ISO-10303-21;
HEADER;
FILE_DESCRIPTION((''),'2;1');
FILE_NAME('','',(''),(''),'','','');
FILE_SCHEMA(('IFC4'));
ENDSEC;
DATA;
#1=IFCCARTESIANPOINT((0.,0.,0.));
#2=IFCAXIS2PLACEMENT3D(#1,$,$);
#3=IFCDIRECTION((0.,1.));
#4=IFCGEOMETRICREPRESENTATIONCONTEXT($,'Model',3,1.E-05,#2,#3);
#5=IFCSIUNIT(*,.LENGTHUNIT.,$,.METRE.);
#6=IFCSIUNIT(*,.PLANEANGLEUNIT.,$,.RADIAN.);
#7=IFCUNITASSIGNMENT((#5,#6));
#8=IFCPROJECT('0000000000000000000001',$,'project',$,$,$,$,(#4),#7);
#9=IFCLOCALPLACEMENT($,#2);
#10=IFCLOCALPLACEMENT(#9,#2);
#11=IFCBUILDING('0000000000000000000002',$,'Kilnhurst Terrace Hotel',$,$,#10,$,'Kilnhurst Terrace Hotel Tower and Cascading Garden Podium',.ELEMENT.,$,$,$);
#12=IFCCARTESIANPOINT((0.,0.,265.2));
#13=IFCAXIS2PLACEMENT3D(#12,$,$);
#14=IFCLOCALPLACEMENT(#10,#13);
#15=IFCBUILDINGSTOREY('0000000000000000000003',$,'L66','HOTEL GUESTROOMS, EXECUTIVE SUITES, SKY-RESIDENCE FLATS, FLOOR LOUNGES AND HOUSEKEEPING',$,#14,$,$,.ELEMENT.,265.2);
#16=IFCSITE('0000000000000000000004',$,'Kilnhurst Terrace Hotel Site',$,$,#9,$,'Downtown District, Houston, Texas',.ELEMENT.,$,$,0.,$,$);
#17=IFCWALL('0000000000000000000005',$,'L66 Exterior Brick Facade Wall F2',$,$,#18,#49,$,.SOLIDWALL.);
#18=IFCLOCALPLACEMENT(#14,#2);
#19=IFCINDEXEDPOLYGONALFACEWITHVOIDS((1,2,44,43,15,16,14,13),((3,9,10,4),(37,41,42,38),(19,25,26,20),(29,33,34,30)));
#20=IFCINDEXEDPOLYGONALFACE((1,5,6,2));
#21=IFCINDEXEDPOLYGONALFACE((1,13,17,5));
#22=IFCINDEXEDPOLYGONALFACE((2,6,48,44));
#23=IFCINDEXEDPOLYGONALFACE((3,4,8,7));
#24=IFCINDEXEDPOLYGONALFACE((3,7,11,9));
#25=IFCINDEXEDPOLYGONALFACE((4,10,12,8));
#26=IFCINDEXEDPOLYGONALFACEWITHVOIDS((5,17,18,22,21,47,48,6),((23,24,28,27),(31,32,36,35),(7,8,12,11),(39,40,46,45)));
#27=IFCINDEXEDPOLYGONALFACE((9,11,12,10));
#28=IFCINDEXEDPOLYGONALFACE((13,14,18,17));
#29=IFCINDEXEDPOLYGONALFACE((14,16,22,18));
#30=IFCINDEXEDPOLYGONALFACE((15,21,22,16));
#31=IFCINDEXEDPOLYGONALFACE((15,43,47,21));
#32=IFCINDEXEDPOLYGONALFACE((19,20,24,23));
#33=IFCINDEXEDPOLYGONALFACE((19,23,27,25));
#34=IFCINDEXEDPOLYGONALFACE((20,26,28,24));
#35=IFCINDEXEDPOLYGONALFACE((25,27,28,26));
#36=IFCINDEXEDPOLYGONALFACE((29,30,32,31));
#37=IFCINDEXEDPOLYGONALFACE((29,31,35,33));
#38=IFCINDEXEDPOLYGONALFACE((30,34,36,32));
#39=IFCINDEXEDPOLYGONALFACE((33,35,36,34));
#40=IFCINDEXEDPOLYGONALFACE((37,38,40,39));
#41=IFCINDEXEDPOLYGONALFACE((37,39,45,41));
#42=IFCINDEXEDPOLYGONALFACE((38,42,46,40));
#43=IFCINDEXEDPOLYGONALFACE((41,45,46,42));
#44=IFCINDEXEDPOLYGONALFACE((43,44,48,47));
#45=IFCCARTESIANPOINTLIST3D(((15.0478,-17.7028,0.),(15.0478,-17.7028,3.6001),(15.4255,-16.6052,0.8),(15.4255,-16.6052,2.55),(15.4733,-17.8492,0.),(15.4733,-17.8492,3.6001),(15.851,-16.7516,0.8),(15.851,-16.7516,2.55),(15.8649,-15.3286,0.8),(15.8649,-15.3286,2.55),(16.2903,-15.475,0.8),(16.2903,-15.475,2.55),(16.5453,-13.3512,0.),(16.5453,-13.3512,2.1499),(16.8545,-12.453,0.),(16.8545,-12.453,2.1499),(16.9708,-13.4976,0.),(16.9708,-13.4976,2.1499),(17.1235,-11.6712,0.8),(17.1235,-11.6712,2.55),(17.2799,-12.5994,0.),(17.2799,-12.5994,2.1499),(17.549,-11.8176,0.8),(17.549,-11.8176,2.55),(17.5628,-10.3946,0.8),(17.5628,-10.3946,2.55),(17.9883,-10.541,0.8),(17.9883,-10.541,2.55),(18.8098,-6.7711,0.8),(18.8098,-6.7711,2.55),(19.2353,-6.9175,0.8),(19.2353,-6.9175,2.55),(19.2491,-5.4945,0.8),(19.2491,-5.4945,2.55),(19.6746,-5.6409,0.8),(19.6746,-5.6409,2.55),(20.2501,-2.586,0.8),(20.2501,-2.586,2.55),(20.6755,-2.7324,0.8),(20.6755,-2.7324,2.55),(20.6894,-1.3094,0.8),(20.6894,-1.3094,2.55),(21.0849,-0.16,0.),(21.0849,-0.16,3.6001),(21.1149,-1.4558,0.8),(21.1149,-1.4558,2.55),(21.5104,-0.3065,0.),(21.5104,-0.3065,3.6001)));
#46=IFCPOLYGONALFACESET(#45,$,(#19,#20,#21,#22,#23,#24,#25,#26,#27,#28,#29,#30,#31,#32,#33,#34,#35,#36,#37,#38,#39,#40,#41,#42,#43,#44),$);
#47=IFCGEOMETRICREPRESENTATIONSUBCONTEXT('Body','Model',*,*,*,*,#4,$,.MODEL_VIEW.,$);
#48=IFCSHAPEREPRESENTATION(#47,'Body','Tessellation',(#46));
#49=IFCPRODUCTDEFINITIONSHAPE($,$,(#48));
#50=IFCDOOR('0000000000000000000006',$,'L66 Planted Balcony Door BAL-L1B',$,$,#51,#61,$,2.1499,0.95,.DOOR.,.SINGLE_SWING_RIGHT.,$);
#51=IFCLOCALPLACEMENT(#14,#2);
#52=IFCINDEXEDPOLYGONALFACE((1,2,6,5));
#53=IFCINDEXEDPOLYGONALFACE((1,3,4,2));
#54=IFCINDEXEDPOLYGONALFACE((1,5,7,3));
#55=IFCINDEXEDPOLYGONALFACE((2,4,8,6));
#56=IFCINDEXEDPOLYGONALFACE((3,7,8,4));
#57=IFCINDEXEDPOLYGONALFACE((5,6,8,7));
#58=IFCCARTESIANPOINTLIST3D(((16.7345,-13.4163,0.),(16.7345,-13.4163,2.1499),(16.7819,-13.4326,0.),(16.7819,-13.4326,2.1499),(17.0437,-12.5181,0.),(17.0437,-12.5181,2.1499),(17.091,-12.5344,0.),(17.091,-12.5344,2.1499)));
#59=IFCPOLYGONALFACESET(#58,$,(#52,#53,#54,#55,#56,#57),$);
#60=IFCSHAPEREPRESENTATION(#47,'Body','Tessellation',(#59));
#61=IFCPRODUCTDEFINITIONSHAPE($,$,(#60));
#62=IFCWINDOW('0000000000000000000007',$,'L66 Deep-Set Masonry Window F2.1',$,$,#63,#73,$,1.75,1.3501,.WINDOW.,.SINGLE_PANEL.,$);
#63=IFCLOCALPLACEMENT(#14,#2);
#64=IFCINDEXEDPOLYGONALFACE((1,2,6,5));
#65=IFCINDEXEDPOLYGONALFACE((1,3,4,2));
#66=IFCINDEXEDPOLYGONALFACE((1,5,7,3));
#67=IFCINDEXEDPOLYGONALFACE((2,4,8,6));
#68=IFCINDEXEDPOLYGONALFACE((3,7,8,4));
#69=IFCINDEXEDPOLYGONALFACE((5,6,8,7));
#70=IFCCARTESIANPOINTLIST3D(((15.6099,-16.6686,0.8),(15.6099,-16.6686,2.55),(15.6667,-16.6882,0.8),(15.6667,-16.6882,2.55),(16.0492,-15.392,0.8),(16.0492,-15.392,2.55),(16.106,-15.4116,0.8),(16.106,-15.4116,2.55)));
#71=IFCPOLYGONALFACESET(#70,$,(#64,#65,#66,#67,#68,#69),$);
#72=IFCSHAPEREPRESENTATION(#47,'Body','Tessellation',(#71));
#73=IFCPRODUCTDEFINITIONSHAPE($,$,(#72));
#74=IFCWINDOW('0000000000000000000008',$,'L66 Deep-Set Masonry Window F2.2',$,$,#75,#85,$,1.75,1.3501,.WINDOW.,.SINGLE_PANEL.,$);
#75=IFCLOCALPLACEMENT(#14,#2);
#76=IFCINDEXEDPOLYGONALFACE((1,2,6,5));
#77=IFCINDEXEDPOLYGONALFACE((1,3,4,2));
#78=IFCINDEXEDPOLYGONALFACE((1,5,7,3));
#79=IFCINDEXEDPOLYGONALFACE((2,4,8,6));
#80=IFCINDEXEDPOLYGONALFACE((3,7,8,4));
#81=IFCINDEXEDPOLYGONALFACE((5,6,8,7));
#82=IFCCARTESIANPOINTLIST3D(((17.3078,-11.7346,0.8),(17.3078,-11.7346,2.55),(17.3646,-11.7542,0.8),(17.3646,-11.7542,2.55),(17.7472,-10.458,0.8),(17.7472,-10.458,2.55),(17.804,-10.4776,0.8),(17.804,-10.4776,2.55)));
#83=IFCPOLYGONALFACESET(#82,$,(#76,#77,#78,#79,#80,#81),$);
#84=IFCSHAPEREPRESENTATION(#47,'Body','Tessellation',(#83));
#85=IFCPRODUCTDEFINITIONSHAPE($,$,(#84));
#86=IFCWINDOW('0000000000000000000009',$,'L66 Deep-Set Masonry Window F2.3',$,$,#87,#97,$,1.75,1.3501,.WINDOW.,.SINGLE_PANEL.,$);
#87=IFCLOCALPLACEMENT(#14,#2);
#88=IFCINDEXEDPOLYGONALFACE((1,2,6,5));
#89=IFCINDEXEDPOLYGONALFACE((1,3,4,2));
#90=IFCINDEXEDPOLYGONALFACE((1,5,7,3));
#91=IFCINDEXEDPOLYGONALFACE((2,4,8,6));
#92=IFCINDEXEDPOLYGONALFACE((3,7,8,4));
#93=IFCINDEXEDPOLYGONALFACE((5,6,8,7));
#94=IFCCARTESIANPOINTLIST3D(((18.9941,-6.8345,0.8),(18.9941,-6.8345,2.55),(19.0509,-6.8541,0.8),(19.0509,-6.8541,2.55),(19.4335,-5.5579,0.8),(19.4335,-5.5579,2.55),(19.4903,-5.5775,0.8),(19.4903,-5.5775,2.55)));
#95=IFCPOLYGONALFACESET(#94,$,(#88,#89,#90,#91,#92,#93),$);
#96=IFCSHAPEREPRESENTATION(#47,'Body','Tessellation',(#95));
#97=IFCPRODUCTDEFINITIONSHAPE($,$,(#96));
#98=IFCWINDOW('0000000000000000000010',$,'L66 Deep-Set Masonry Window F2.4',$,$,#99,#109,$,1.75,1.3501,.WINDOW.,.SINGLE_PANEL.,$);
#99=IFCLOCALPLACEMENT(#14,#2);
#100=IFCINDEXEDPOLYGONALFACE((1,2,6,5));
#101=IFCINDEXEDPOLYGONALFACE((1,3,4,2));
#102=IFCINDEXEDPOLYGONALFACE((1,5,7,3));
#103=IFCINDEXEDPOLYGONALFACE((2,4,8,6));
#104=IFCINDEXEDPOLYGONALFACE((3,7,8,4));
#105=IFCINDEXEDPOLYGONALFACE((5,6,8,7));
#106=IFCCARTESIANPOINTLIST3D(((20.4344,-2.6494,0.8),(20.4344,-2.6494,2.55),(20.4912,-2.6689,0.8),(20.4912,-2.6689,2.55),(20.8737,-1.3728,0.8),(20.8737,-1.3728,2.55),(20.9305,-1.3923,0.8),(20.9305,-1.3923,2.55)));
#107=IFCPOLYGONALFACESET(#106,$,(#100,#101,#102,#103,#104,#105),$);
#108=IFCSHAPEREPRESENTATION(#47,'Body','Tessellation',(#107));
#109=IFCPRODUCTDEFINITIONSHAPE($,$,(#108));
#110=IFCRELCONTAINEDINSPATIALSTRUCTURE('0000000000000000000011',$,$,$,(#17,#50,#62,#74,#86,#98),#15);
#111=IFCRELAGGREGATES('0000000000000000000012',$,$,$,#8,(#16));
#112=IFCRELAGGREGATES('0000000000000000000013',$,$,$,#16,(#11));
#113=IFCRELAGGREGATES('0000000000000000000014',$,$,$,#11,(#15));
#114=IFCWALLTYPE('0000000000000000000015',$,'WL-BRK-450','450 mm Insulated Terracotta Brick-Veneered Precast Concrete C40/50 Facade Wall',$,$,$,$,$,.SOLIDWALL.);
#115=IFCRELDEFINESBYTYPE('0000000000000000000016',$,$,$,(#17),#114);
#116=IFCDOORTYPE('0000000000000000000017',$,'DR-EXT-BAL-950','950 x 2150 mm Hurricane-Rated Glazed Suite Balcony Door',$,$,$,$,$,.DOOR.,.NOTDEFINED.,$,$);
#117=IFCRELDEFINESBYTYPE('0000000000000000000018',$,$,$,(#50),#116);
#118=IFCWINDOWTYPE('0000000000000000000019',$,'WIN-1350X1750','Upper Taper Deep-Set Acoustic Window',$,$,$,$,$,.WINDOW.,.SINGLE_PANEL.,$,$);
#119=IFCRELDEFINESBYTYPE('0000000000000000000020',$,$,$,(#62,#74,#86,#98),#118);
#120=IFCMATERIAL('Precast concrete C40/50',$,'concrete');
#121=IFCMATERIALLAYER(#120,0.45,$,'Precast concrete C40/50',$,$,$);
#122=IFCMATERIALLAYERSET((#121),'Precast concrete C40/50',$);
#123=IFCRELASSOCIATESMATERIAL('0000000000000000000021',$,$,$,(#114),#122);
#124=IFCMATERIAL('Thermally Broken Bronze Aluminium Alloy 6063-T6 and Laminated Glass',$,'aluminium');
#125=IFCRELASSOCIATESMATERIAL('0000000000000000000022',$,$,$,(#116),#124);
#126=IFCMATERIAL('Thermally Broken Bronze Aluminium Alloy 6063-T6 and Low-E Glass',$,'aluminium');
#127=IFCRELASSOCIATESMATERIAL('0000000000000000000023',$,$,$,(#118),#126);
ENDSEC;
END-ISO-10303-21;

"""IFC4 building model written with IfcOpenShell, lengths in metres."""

from ifc_helpers import new_model, si_unit, direction, frame, frame_2d, origin, place, context, subcontext, project, spatial, rectangle, extrude, material, layer, layer_set, type_object, element, fill, save


model = new_model("IFC4")

# Units and contexts
model_context = context("Model", 3, precision=1e-05, world=origin(), true_north=direction((0.0, 1.0)))
body_context = subcontext(model_context, "Body", "Model", "MODEL_VIEW")
ifc_project = project(units=[si_unit("LENGTHUNIT", "METRE"), si_unit("PLANEANGLEUNIT", "RADIAN")], contexts=[model_context])

# Site, building, storey
site_placement = place(None, origin())
site = spatial("IfcSite", under=ifc_project, at=site_placement, Name="Kilnhurst Terrace Hotel Site", LongName="Downtown District, Houston, Texas", CompositionType="ELEMENT", RefElevation=0.0)
building_placement = place(site_placement, origin())
building = spatial("IfcBuilding", under=site, at=building_placement, Name="Kilnhurst Terrace Hotel", LongName="Kilnhurst Terrace Hotel Tower and Cascading Garden Podium", CompositionType="ELEMENT")
storey_placement = place(building_placement, frame((0.0, 0.0, 265.2)))
storey = spatial("IfcBuildingStorey", under=building, at=storey_placement, Name="L66", Description="HOTEL GUESTROOMS, EXECUTIVE SUITES, SKY-RESIDENCE FLATS, FLOOR LOUNGES AND HOUSEKEEPING", CompositionType="ELEMENT", Elevation=265.2)

# Shared definitions
ifc_material_1 = material(Name="Precast concrete C40/50", Category="concrete")
ifc_layer_1 = layer(ifc_material_1, 0.45, Name="Precast concrete C40/50")
ifc_layer_set_1 = layer_set([ifc_layer_1], Name="Precast concrete C40/50")
wall_type_1 = type_object("IfcWallType", Name="WL-BRK-450", Description="450 mm Insulated Terracotta Brick-Veneered Precast Concrete C40/50 Facade Wall", PredefinedType="SOLIDWALL", material=ifc_layer_set_1)

# Wall, openings, door, windows
wall_1_placement = place(storey_placement, frame((15.2605, -17.7761, 0.0), z_axis=(0.0, 0.0, 1.0), x_axis=(0.325407, 0.945574, 0.0)))
wall_1 = element("IfcWall", 1, at=wall_1_placement, inside=storey, type_object=wall_type_1, Name="L66 Exterior Brick Facade Wall F2", PredefinedType="SOLIDWALL", context=body_context, shape_type="SweptSolid", body=[
    extrude(rectangle(XDim=18.5525, YDim=0.45, at=frame_2d((9.2764, 0.0))), origin(), (0.0, 0.0, 1.0), 3.6001),
])
opening_1_placement = place(wall_1_placement, frame((4.6021, 0.0, 0.0)))
opening_1 = element("IfcOpeningElement", 2, at=opening_1_placement, cuts=wall_1, PredefinedType="OPENING", context=body_context, shape_type="SweptSolid", body=[
    extrude(rectangle(XDim=0.95, YDim=2.1499, at=frame_2d((0.4751, 1.075))), frame((0.0, 0.2349, 0.0), z_axis=(0.0, -1.0, 0.0), x_axis=(1.0, 0.0, 0.0)), (0.0, 0.0, 1.0), 0.47),
])
opening_2_placement = place(wall_1_placement, frame((1.1609, 0.0, 0.8)))
opening_2 = element("IfcOpeningElement", 3, at=opening_2_placement, cuts=wall_1, PredefinedType="OPENING", context=body_context, shape_type="SweptSolid", body=[
    extrude(rectangle(XDim=1.3501, YDim=1.75, at=frame_2d((0.675, 0.875))), frame((0.0, 0.2349, 0.0), z_axis=(0.0, -1.0, 0.0), x_axis=(1.0, 0.0, 0.0)), (0.0, 0.0, 1.0), 0.47),
])
opening_3_placement = place(wall_1_placement, frame((6.3789, 0.0, 0.8)))
opening_3 = element("IfcOpeningElement", 4, at=opening_3_placement, cuts=wall_1, PredefinedType="OPENING", context=body_context, shape_type="SweptSolid", body=[
    extrude(rectangle(XDim=1.3501, YDim=1.75, at=frame_2d((0.675, 0.875))), frame((0.0, 0.2349, 0.0), z_axis=(0.0, -1.0, 0.0), x_axis=(1.0, 0.0, 0.0)), (0.0, 0.0, 1.0), 0.47),
])
opening_4_placement = place(wall_1_placement, frame((11.561, 0.0, 0.8)))
opening_4 = element("IfcOpeningElement", 5, at=opening_4_placement, cuts=wall_1, PredefinedType="OPENING", context=body_context, shape_type="SweptSolid", body=[
    extrude(rectangle(XDim=1.3501, YDim=1.75, at=frame_2d((0.675, 0.875))), frame((0.0, 0.2349, 0.0), z_axis=(0.0, -1.0, 0.0), x_axis=(1.0, 0.0, 0.0)), (0.0, 0.0, 1.0), 0.47),
])
opening_5_placement = place(wall_1_placement, frame((15.9871, 0.0, 0.8)))
opening_5 = element("IfcOpeningElement", 6, at=opening_5_placement, cuts=wall_1, PredefinedType="OPENING", context=body_context, shape_type="SweptSolid", body=[
    extrude(rectangle(XDim=1.3501, YDim=1.75, at=frame_2d((0.675, 0.875))), frame((0.0, 0.2349, 0.0), z_axis=(0.0, -1.0, 0.0), x_axis=(1.0, 0.0, 0.0)), (0.0, 0.0, 1.0), 0.47),
])
ifc_material_2 = material(Name="Thermally Broken Bronze Aluminium Alloy 6063-T6 and Laminated Glass", Category="aluminium")
door_type_1 = type_object("IfcDoorType", Name="DR-EXT-BAL-950", Description="950 x 2150 mm Hurricane-Rated Glazed Suite Balcony Door", OperationType="NOTDEFINED", PredefinedType="DOOR", material=ifc_material_2)
door_1_placement = place(opening_1_placement, origin())
door_1 = element("IfcDoor", 7, at=door_1_placement, inside=storey, type_object=door_type_1, Name="L66 Planted Balcony Door BAL-L1B", OperationType="SINGLE_SWING_RIGHT", OverallHeight=2.1499, OverallWidth=0.95, PredefinedType="DOOR", context=body_context, shape_type="SweptSolid", body=[
    extrude(rectangle(XDim=0.95, YDim=2.1499, at=frame_2d((0.4751, 1.075))), frame((0.0, 0.0249, 0.0), z_axis=(0.0, -1.0, 0.0), x_axis=(1.0, 0.0, 0.0)), (0.0, 0.0, 1.0), 0.05),
])
fill(opening_1, door_1)
ifc_material_3 = material(Name="Thermally Broken Bronze Aluminium Alloy 6063-T6 and Low-E Glass", Category="aluminium")
window_type = type_object("IfcWindowType", Name="WIN-1350X1750", Description="Upper Taper Deep-Set Acoustic Window", PartitioningType="SINGLE_PANEL", PredefinedType="WINDOW", material=ifc_material_3)
window_1_placement = place(opening_2_placement, origin())
window_1 = element("IfcWindow", 8, at=window_1_placement, inside=storey, type_object=window_type, Name="L66 Deep-Set Masonry Window F2.1", OverallHeight=1.75, OverallWidth=1.3501, PartitioningType="SINGLE_PANEL", PredefinedType="WINDOW", context=body_context, shape_type="SweptSolid", body=[
    extrude(rectangle(XDim=1.3501, YDim=1.75, at=frame_2d((0.675, 0.875))), frame((0.0, 0.03, 0.0), z_axis=(0.0, -1.0, 0.0), x_axis=(1.0, 0.0, 0.0)), (0.0, 0.0, 1.0), 0.0601),
])
fill(opening_2, window_1)
window_2_placement = place(opening_3_placement, origin())
window_2 = element("IfcWindow", 9, at=window_2_placement, inside=storey, type_object=window_type, Name="L66 Deep-Set Masonry Window F2.2", OverallHeight=1.75, OverallWidth=1.3501, PartitioningType="SINGLE_PANEL", PredefinedType="WINDOW", context=body_context, shape_type="SweptSolid", body=[
    extrude(rectangle(XDim=1.3501, YDim=1.75, at=frame_2d((0.675, 0.875))), frame((0.0, 0.03, 0.0), z_axis=(0.0, -1.0, 0.0), x_axis=(1.0, 0.0, 0.0)), (0.0, 0.0, 1.0), 0.0601),
])
fill(opening_3, window_2)
window_3_placement = place(opening_4_placement, origin())
window_3 = element("IfcWindow", 10, at=window_3_placement, inside=storey, type_object=window_type, Name="L66 Deep-Set Masonry Window F2.3", OverallHeight=1.75, OverallWidth=1.3501, PartitioningType="SINGLE_PANEL", PredefinedType="WINDOW", context=body_context, shape_type="SweptSolid", body=[
    extrude(rectangle(XDim=1.3501, YDim=1.75, at=frame_2d((0.675, 0.875))), frame((0.0, 0.03, 0.0), z_axis=(0.0, -1.0, 0.0), x_axis=(1.0, 0.0, 0.0)), (0.0, 0.0, 1.0), 0.0601),
])
fill(opening_4, window_3)
window_4_placement = place(opening_5_placement, origin())
window_4 = element("IfcWindow", 11, at=window_4_placement, inside=storey, type_object=window_type, Name="L66 Deep-Set Masonry Window F2.4", OverallHeight=1.75, OverallWidth=1.3501, PartitioningType="SINGLE_PANEL", PredefinedType="WINDOW", context=body_context, shape_type="SweptSolid", body=[
    extrude(rectangle(XDim=1.3501, YDim=1.75, at=frame_2d((0.675, 0.875))), frame((0.0, 0.03, 0.0), z_axis=(0.0, -1.0, 0.0), x_axis=(1.0, 0.0, 0.0)), (0.0, 0.0, 1.0), 0.0601),
])
fill(opening_5, window_4)

save(model, "model.ifc")
